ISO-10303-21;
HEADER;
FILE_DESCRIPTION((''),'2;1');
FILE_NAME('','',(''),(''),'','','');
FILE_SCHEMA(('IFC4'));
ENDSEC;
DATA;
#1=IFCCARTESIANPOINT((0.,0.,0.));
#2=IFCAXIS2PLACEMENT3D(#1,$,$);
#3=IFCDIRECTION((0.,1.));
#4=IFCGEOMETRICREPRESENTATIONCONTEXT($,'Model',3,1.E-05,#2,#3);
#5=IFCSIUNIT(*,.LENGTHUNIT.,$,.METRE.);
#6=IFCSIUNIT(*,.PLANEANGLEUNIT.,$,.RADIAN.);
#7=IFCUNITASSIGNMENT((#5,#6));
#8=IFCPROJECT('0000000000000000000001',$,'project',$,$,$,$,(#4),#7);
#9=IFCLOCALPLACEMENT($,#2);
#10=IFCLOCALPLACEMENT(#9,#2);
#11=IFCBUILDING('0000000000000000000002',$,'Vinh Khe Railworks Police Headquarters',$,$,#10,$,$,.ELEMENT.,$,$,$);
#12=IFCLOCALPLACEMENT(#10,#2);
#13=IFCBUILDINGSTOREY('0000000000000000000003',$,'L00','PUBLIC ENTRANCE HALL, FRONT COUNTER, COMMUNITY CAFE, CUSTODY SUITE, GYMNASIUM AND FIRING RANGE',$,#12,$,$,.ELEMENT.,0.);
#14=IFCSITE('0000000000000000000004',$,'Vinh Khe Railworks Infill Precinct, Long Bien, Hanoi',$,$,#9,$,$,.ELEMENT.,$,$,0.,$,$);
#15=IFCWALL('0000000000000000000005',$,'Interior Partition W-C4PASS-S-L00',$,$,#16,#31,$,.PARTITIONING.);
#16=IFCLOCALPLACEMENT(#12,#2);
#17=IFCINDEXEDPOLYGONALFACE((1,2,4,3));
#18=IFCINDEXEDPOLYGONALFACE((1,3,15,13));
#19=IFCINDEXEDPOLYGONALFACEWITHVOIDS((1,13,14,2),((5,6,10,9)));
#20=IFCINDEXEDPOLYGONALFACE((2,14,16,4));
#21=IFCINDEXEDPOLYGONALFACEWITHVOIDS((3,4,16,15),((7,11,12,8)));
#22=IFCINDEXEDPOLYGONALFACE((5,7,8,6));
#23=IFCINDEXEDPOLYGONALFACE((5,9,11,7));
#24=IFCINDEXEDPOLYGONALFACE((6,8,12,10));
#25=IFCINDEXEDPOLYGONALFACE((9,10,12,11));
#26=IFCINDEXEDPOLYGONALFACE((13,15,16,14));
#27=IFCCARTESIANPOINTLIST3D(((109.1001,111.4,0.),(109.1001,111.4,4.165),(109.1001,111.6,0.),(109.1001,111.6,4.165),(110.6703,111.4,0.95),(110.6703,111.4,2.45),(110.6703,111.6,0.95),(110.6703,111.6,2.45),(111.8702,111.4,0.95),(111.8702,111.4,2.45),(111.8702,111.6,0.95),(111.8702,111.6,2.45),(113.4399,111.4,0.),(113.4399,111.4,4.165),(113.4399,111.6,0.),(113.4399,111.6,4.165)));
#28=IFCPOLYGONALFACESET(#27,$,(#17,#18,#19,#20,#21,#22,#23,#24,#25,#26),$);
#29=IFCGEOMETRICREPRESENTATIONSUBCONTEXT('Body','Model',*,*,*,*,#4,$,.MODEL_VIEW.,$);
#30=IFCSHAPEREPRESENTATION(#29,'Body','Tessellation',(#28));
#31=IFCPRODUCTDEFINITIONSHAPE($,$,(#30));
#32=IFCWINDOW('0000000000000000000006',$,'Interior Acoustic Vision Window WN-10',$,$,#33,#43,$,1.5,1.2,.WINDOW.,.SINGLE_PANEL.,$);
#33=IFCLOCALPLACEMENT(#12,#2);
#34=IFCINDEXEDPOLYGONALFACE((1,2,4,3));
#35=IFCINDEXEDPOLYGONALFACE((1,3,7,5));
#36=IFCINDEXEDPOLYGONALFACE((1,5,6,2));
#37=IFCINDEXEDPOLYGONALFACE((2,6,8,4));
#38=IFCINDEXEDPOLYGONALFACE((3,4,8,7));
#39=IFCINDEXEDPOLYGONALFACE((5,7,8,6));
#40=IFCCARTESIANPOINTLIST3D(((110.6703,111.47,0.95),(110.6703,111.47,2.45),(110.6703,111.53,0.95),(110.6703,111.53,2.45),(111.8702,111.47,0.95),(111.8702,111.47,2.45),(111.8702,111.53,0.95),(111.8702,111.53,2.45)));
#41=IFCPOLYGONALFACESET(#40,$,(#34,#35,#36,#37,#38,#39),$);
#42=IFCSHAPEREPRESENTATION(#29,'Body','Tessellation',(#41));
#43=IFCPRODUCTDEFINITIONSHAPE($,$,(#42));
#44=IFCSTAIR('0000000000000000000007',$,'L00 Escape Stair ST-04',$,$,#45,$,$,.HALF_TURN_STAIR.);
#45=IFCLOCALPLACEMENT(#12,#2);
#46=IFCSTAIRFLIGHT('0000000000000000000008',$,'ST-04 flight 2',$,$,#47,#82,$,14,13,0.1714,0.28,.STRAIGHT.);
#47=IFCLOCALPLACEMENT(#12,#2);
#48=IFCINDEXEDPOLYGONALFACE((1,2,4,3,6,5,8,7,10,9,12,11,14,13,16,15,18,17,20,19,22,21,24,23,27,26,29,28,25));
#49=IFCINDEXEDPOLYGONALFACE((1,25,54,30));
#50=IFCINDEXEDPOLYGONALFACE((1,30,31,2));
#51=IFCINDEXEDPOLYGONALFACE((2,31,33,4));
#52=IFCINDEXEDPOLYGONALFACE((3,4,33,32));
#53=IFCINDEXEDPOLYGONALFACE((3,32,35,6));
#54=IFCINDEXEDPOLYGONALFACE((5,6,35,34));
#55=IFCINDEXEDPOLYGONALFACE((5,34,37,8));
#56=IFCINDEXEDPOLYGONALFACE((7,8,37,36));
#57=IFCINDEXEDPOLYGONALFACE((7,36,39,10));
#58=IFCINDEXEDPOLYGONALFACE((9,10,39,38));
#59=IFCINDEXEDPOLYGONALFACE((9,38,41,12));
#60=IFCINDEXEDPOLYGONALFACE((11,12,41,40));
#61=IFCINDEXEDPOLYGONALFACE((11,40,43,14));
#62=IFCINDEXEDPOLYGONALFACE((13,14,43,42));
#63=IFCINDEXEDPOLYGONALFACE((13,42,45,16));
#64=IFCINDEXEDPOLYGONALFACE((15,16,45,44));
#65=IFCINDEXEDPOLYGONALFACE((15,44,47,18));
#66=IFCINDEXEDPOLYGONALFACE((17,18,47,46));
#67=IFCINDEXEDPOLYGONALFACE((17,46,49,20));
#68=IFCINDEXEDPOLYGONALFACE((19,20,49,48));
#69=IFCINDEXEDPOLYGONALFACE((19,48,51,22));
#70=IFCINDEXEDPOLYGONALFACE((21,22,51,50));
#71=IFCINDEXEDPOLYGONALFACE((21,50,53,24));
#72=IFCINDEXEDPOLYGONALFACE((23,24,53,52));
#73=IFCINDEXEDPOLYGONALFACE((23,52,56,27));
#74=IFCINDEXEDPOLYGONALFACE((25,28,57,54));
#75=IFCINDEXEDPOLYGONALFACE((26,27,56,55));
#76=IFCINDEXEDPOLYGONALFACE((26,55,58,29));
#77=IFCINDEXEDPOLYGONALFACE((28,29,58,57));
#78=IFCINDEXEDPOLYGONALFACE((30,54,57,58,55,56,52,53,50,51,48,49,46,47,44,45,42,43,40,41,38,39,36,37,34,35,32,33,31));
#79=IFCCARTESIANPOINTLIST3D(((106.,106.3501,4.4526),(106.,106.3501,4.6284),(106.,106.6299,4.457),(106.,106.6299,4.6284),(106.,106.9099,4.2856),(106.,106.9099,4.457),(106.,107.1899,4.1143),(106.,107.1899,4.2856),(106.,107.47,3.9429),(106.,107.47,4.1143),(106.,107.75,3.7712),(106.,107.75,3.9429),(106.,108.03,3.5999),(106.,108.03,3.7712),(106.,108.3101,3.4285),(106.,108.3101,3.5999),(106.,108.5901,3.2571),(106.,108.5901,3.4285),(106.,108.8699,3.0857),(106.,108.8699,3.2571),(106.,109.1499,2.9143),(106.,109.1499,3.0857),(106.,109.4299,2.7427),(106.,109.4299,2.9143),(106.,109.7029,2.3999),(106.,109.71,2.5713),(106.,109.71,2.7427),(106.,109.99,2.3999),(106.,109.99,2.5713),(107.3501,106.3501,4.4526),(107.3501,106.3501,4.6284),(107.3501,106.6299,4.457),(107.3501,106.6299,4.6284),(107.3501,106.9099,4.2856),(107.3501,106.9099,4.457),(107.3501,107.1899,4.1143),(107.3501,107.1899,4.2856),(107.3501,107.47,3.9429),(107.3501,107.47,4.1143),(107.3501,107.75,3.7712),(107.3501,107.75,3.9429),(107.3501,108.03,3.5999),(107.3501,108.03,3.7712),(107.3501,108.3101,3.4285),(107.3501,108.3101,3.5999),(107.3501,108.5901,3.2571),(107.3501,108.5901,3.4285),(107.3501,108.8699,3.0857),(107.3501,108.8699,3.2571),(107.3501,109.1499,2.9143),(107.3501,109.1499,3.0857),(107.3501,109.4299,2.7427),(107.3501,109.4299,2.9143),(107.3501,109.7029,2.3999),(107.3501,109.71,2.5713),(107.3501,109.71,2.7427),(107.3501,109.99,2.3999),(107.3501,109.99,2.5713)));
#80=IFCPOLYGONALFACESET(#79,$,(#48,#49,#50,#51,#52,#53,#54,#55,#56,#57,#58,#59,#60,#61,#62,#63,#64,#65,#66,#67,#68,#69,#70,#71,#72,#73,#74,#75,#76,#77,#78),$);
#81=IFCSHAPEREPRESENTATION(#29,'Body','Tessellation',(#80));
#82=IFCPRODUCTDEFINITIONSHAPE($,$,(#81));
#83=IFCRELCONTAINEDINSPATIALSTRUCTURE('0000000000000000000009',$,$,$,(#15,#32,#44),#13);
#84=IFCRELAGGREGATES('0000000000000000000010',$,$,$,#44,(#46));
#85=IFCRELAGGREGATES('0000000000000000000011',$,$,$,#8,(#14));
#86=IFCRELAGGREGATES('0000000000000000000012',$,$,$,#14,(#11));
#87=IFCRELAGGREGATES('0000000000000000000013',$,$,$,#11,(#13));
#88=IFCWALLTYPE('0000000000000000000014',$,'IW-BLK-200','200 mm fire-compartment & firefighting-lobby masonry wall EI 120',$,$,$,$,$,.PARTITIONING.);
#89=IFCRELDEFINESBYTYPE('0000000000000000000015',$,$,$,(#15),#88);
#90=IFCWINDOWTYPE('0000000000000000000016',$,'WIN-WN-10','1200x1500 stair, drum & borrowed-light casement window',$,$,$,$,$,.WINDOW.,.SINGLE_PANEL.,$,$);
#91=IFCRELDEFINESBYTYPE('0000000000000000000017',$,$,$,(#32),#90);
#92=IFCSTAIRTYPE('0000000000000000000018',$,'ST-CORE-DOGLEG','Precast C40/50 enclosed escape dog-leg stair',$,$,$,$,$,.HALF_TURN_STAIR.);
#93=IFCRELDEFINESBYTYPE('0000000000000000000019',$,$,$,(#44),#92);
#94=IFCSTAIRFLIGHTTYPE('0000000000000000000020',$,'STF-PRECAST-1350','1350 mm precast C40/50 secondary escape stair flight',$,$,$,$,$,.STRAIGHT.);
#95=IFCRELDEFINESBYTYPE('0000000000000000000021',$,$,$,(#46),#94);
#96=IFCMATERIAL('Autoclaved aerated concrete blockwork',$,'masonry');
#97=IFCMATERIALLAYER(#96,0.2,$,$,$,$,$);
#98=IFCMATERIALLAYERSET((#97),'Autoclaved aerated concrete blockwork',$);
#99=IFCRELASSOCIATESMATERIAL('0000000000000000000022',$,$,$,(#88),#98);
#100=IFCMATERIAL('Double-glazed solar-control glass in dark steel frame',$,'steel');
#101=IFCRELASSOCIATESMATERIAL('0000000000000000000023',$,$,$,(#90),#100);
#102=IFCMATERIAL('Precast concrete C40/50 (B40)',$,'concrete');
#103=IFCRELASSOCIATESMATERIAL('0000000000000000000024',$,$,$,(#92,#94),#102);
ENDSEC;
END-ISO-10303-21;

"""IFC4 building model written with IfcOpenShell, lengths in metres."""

from ifc_helpers import new_model, si_unit, direction, frame, frame_2d, origin, place, context, subcontext, project, spatial, polyline, rectangle, outline, extrude, material, layer, layer_set, type_object, element, fill, aggregate, save


model = new_model("IFC4")

# Units and contexts
model_context = context("Model", 3, precision=1e-05, world=origin(), true_north=direction((0.0, 1.0)))
body_context = subcontext(model_context, "Body", "Model", "MODEL_VIEW")
ifc_project = project(units=[si_unit("LENGTHUNIT", "METRE"), si_unit("PLANEANGLEUNIT", "RADIAN")], contexts=[model_context])

# Site, building, storey
site_placement = place(None, origin())
site = spatial("IfcSite", under=ifc_project, at=site_placement, Name="Vinh Khe Railworks Infill Precinct, Long Bien, Hanoi", CompositionType="ELEMENT", RefElevation=0.0)
building_placement = place(site_placement, origin())
building = spatial("IfcBuilding", under=site, at=building_placement, Name="Vinh Khe Railworks Police Headquarters", CompositionType="ELEMENT")
storey_placement = place(building_placement, origin())
storey = spatial("IfcBuildingStorey", under=building, at=storey_placement, Name="L00", Description="PUBLIC ENTRANCE HALL, FRONT COUNTER, COMMUNITY CAFE, CUSTODY SUITE, GYMNASIUM AND FIRING RANGE", CompositionType="ELEMENT", Elevation=0.0)

# Wall, opening, window
ifc_material_1 = material(Name="Autoclaved aerated concrete blockwork", Category="masonry")
ifc_layer_1 = layer(ifc_material_1, 0.2)
ifc_layer_set_1 = layer_set([ifc_layer_1], Name="Autoclaved aerated concrete blockwork")
wall_type_1 = type_object("IfcWallType", Name="IW-BLK-200", Description="200 mm fire-compartment & firefighting-lobby masonry wall EI 120", PredefinedType="PARTITIONING", material=ifc_layer_set_1)
ifc_material_2 = material(Name="Double-glazed solar-control glass in dark steel frame", Category="steel")
window_type = type_object("IfcWindowType", Name="WIN-WN-10", Description="1200x1500 stair, drum & borrowed-light casement window", PartitioningType="SINGLE_PANEL", PredefinedType="WINDOW", material=ifc_material_2)
wall_1_placement = place(storey_placement, frame((109.1001, 111.5, 0.0), z_axis=(0.0, 0.0, 1.0), x_axis=(1.0, 0.0, 0.0)))
wall_1 = element("IfcWall", 1, at=wall_1_placement, inside=storey, type_object=wall_type_1, Name="Interior Partition W-C4PASS-S-L00", PredefinedType="PARTITIONING", context=body_context, shape_type="SweptSolid", body=[
    extrude(rectangle(XDim=4.3398, YDim=0.2, at=frame_2d((2.1699, 0.0))), origin(), (0.0, 0.0, 1.0), 4.165),
])
opening_1_placement = place(wall_1_placement, frame((1.5701, 0.0, 0.95)))
opening_1 = element("IfcOpeningElement", 2, at=opening_1_placement, cuts=wall_1, PredefinedType="OPENING", context=body_context, shape_type="SweptSolid", body=[
    extrude(rectangle(XDim=1.2, YDim=1.5, at=frame_2d((0.6001, 0.75))), frame((0.0, 0.1147, 0.0), z_axis=(0.0, -1.0, 0.0), x_axis=(1.0, 0.0, 0.0)), (0.0, 0.0, 1.0), 0.2297),
])
window_1_placement = place(opening_1_placement, origin())
window_1 = element("IfcWindow", 3, at=window_1_placement, inside=storey, type_object=window_type, Name="Interior Acoustic Vision Window WN-10", OverallHeight=1.5, OverallWidth=1.2, PartitioningType="SINGLE_PANEL", PredefinedType="WINDOW", context=body_context, shape_type="SweptSolid", body=[
    extrude(rectangle(XDim=1.2, YDim=1.5, at=frame_2d((0.6001, 0.75))), frame((0.0, 0.03, 0.0), z_axis=(0.0, -1.0, 0.0), x_axis=(1.0, 0.0, 0.0)), (0.0, 0.0, 1.0), 0.0601),
])
fill(opening_1, window_1)

# Stair, stair flight
ifc_material_3 = material(Name="Precast concrete C40/50 (B40)", Category="concrete")
stair_type = type_object("IfcStairType", Name="ST-CORE-DOGLEG", Description="Precast C40/50 enclosed escape dog-leg stair", PredefinedType="HALF_TURN_STAIR", material=ifc_material_3)
stair_placement = place(storey_placement, origin())
stair = element("IfcStair", 4, at=stair_placement, inside=storey, type_object=stair_type, Name="L00 Escape Stair ST-04", PredefinedType="HALF_TURN_STAIR")
stair_flight_type = type_object("IfcStairFlightType", Name="STF-PRECAST-1350", Description="1350 mm precast C40/50 secondary escape stair flight", PredefinedType="STRAIGHT", material=ifc_material_3)
stair_flight_placement = place(storey_placement, frame((106.675, 109.99, 2.3999), z_axis=(0.0, 0.0, 1.0), x_axis=(0.0, -1.0, 0.0)))
stair_flight = element("IfcStairFlight", 5, at=stair_flight_placement, type_object=stair_flight_type, Name="ST-04 flight 2", NumberOfRisers=14, NumberOfTreads=13, PredefinedType="STRAIGHT", RiserHeight=0.1714, TreadLength=0.28, context=body_context, shape_type="SweptSolid", body=[
    extrude(outline(polyline([(0.0, 0.0), (0.0, 0.1714), (0.28, 0.1714), (0.28, 0.3428), (0.5601, 0.3428), (0.5601, 0.5144), (0.8401, 0.5144), (0.8401, 0.6858), (1.1201, 0.6858), (1.1201, 0.8572), (1.3999, 0.8572), (1.3999, 1.0286), (1.6799, 1.0286), (1.6799, 1.2), (1.96, 1.2), (1.96, 1.3713), (2.24, 1.3713), (2.24, 1.543), (2.52, 1.543), (2.52, 1.7144), (2.8, 1.7144), (2.8, 1.8857), (3.0801, 1.8857), (3.0801, 2.0571), (3.3601, 2.0571), (3.3601, 2.2285), (3.6399, 2.2285), (3.6399, 2.3999), (3.6399, 2.0527), (0.2871, 0.0), (0.0, 0.0)])), frame((0.0, 0.675, 0.0), z_axis=(0.0, -1.0, 0.0), x_axis=(1.0, 0.0, 0.0)), (0.0, 0.0, 1.0), 1.3501),
])
aggregate(stair, [stair_flight])

save(model, "model.ifc")
